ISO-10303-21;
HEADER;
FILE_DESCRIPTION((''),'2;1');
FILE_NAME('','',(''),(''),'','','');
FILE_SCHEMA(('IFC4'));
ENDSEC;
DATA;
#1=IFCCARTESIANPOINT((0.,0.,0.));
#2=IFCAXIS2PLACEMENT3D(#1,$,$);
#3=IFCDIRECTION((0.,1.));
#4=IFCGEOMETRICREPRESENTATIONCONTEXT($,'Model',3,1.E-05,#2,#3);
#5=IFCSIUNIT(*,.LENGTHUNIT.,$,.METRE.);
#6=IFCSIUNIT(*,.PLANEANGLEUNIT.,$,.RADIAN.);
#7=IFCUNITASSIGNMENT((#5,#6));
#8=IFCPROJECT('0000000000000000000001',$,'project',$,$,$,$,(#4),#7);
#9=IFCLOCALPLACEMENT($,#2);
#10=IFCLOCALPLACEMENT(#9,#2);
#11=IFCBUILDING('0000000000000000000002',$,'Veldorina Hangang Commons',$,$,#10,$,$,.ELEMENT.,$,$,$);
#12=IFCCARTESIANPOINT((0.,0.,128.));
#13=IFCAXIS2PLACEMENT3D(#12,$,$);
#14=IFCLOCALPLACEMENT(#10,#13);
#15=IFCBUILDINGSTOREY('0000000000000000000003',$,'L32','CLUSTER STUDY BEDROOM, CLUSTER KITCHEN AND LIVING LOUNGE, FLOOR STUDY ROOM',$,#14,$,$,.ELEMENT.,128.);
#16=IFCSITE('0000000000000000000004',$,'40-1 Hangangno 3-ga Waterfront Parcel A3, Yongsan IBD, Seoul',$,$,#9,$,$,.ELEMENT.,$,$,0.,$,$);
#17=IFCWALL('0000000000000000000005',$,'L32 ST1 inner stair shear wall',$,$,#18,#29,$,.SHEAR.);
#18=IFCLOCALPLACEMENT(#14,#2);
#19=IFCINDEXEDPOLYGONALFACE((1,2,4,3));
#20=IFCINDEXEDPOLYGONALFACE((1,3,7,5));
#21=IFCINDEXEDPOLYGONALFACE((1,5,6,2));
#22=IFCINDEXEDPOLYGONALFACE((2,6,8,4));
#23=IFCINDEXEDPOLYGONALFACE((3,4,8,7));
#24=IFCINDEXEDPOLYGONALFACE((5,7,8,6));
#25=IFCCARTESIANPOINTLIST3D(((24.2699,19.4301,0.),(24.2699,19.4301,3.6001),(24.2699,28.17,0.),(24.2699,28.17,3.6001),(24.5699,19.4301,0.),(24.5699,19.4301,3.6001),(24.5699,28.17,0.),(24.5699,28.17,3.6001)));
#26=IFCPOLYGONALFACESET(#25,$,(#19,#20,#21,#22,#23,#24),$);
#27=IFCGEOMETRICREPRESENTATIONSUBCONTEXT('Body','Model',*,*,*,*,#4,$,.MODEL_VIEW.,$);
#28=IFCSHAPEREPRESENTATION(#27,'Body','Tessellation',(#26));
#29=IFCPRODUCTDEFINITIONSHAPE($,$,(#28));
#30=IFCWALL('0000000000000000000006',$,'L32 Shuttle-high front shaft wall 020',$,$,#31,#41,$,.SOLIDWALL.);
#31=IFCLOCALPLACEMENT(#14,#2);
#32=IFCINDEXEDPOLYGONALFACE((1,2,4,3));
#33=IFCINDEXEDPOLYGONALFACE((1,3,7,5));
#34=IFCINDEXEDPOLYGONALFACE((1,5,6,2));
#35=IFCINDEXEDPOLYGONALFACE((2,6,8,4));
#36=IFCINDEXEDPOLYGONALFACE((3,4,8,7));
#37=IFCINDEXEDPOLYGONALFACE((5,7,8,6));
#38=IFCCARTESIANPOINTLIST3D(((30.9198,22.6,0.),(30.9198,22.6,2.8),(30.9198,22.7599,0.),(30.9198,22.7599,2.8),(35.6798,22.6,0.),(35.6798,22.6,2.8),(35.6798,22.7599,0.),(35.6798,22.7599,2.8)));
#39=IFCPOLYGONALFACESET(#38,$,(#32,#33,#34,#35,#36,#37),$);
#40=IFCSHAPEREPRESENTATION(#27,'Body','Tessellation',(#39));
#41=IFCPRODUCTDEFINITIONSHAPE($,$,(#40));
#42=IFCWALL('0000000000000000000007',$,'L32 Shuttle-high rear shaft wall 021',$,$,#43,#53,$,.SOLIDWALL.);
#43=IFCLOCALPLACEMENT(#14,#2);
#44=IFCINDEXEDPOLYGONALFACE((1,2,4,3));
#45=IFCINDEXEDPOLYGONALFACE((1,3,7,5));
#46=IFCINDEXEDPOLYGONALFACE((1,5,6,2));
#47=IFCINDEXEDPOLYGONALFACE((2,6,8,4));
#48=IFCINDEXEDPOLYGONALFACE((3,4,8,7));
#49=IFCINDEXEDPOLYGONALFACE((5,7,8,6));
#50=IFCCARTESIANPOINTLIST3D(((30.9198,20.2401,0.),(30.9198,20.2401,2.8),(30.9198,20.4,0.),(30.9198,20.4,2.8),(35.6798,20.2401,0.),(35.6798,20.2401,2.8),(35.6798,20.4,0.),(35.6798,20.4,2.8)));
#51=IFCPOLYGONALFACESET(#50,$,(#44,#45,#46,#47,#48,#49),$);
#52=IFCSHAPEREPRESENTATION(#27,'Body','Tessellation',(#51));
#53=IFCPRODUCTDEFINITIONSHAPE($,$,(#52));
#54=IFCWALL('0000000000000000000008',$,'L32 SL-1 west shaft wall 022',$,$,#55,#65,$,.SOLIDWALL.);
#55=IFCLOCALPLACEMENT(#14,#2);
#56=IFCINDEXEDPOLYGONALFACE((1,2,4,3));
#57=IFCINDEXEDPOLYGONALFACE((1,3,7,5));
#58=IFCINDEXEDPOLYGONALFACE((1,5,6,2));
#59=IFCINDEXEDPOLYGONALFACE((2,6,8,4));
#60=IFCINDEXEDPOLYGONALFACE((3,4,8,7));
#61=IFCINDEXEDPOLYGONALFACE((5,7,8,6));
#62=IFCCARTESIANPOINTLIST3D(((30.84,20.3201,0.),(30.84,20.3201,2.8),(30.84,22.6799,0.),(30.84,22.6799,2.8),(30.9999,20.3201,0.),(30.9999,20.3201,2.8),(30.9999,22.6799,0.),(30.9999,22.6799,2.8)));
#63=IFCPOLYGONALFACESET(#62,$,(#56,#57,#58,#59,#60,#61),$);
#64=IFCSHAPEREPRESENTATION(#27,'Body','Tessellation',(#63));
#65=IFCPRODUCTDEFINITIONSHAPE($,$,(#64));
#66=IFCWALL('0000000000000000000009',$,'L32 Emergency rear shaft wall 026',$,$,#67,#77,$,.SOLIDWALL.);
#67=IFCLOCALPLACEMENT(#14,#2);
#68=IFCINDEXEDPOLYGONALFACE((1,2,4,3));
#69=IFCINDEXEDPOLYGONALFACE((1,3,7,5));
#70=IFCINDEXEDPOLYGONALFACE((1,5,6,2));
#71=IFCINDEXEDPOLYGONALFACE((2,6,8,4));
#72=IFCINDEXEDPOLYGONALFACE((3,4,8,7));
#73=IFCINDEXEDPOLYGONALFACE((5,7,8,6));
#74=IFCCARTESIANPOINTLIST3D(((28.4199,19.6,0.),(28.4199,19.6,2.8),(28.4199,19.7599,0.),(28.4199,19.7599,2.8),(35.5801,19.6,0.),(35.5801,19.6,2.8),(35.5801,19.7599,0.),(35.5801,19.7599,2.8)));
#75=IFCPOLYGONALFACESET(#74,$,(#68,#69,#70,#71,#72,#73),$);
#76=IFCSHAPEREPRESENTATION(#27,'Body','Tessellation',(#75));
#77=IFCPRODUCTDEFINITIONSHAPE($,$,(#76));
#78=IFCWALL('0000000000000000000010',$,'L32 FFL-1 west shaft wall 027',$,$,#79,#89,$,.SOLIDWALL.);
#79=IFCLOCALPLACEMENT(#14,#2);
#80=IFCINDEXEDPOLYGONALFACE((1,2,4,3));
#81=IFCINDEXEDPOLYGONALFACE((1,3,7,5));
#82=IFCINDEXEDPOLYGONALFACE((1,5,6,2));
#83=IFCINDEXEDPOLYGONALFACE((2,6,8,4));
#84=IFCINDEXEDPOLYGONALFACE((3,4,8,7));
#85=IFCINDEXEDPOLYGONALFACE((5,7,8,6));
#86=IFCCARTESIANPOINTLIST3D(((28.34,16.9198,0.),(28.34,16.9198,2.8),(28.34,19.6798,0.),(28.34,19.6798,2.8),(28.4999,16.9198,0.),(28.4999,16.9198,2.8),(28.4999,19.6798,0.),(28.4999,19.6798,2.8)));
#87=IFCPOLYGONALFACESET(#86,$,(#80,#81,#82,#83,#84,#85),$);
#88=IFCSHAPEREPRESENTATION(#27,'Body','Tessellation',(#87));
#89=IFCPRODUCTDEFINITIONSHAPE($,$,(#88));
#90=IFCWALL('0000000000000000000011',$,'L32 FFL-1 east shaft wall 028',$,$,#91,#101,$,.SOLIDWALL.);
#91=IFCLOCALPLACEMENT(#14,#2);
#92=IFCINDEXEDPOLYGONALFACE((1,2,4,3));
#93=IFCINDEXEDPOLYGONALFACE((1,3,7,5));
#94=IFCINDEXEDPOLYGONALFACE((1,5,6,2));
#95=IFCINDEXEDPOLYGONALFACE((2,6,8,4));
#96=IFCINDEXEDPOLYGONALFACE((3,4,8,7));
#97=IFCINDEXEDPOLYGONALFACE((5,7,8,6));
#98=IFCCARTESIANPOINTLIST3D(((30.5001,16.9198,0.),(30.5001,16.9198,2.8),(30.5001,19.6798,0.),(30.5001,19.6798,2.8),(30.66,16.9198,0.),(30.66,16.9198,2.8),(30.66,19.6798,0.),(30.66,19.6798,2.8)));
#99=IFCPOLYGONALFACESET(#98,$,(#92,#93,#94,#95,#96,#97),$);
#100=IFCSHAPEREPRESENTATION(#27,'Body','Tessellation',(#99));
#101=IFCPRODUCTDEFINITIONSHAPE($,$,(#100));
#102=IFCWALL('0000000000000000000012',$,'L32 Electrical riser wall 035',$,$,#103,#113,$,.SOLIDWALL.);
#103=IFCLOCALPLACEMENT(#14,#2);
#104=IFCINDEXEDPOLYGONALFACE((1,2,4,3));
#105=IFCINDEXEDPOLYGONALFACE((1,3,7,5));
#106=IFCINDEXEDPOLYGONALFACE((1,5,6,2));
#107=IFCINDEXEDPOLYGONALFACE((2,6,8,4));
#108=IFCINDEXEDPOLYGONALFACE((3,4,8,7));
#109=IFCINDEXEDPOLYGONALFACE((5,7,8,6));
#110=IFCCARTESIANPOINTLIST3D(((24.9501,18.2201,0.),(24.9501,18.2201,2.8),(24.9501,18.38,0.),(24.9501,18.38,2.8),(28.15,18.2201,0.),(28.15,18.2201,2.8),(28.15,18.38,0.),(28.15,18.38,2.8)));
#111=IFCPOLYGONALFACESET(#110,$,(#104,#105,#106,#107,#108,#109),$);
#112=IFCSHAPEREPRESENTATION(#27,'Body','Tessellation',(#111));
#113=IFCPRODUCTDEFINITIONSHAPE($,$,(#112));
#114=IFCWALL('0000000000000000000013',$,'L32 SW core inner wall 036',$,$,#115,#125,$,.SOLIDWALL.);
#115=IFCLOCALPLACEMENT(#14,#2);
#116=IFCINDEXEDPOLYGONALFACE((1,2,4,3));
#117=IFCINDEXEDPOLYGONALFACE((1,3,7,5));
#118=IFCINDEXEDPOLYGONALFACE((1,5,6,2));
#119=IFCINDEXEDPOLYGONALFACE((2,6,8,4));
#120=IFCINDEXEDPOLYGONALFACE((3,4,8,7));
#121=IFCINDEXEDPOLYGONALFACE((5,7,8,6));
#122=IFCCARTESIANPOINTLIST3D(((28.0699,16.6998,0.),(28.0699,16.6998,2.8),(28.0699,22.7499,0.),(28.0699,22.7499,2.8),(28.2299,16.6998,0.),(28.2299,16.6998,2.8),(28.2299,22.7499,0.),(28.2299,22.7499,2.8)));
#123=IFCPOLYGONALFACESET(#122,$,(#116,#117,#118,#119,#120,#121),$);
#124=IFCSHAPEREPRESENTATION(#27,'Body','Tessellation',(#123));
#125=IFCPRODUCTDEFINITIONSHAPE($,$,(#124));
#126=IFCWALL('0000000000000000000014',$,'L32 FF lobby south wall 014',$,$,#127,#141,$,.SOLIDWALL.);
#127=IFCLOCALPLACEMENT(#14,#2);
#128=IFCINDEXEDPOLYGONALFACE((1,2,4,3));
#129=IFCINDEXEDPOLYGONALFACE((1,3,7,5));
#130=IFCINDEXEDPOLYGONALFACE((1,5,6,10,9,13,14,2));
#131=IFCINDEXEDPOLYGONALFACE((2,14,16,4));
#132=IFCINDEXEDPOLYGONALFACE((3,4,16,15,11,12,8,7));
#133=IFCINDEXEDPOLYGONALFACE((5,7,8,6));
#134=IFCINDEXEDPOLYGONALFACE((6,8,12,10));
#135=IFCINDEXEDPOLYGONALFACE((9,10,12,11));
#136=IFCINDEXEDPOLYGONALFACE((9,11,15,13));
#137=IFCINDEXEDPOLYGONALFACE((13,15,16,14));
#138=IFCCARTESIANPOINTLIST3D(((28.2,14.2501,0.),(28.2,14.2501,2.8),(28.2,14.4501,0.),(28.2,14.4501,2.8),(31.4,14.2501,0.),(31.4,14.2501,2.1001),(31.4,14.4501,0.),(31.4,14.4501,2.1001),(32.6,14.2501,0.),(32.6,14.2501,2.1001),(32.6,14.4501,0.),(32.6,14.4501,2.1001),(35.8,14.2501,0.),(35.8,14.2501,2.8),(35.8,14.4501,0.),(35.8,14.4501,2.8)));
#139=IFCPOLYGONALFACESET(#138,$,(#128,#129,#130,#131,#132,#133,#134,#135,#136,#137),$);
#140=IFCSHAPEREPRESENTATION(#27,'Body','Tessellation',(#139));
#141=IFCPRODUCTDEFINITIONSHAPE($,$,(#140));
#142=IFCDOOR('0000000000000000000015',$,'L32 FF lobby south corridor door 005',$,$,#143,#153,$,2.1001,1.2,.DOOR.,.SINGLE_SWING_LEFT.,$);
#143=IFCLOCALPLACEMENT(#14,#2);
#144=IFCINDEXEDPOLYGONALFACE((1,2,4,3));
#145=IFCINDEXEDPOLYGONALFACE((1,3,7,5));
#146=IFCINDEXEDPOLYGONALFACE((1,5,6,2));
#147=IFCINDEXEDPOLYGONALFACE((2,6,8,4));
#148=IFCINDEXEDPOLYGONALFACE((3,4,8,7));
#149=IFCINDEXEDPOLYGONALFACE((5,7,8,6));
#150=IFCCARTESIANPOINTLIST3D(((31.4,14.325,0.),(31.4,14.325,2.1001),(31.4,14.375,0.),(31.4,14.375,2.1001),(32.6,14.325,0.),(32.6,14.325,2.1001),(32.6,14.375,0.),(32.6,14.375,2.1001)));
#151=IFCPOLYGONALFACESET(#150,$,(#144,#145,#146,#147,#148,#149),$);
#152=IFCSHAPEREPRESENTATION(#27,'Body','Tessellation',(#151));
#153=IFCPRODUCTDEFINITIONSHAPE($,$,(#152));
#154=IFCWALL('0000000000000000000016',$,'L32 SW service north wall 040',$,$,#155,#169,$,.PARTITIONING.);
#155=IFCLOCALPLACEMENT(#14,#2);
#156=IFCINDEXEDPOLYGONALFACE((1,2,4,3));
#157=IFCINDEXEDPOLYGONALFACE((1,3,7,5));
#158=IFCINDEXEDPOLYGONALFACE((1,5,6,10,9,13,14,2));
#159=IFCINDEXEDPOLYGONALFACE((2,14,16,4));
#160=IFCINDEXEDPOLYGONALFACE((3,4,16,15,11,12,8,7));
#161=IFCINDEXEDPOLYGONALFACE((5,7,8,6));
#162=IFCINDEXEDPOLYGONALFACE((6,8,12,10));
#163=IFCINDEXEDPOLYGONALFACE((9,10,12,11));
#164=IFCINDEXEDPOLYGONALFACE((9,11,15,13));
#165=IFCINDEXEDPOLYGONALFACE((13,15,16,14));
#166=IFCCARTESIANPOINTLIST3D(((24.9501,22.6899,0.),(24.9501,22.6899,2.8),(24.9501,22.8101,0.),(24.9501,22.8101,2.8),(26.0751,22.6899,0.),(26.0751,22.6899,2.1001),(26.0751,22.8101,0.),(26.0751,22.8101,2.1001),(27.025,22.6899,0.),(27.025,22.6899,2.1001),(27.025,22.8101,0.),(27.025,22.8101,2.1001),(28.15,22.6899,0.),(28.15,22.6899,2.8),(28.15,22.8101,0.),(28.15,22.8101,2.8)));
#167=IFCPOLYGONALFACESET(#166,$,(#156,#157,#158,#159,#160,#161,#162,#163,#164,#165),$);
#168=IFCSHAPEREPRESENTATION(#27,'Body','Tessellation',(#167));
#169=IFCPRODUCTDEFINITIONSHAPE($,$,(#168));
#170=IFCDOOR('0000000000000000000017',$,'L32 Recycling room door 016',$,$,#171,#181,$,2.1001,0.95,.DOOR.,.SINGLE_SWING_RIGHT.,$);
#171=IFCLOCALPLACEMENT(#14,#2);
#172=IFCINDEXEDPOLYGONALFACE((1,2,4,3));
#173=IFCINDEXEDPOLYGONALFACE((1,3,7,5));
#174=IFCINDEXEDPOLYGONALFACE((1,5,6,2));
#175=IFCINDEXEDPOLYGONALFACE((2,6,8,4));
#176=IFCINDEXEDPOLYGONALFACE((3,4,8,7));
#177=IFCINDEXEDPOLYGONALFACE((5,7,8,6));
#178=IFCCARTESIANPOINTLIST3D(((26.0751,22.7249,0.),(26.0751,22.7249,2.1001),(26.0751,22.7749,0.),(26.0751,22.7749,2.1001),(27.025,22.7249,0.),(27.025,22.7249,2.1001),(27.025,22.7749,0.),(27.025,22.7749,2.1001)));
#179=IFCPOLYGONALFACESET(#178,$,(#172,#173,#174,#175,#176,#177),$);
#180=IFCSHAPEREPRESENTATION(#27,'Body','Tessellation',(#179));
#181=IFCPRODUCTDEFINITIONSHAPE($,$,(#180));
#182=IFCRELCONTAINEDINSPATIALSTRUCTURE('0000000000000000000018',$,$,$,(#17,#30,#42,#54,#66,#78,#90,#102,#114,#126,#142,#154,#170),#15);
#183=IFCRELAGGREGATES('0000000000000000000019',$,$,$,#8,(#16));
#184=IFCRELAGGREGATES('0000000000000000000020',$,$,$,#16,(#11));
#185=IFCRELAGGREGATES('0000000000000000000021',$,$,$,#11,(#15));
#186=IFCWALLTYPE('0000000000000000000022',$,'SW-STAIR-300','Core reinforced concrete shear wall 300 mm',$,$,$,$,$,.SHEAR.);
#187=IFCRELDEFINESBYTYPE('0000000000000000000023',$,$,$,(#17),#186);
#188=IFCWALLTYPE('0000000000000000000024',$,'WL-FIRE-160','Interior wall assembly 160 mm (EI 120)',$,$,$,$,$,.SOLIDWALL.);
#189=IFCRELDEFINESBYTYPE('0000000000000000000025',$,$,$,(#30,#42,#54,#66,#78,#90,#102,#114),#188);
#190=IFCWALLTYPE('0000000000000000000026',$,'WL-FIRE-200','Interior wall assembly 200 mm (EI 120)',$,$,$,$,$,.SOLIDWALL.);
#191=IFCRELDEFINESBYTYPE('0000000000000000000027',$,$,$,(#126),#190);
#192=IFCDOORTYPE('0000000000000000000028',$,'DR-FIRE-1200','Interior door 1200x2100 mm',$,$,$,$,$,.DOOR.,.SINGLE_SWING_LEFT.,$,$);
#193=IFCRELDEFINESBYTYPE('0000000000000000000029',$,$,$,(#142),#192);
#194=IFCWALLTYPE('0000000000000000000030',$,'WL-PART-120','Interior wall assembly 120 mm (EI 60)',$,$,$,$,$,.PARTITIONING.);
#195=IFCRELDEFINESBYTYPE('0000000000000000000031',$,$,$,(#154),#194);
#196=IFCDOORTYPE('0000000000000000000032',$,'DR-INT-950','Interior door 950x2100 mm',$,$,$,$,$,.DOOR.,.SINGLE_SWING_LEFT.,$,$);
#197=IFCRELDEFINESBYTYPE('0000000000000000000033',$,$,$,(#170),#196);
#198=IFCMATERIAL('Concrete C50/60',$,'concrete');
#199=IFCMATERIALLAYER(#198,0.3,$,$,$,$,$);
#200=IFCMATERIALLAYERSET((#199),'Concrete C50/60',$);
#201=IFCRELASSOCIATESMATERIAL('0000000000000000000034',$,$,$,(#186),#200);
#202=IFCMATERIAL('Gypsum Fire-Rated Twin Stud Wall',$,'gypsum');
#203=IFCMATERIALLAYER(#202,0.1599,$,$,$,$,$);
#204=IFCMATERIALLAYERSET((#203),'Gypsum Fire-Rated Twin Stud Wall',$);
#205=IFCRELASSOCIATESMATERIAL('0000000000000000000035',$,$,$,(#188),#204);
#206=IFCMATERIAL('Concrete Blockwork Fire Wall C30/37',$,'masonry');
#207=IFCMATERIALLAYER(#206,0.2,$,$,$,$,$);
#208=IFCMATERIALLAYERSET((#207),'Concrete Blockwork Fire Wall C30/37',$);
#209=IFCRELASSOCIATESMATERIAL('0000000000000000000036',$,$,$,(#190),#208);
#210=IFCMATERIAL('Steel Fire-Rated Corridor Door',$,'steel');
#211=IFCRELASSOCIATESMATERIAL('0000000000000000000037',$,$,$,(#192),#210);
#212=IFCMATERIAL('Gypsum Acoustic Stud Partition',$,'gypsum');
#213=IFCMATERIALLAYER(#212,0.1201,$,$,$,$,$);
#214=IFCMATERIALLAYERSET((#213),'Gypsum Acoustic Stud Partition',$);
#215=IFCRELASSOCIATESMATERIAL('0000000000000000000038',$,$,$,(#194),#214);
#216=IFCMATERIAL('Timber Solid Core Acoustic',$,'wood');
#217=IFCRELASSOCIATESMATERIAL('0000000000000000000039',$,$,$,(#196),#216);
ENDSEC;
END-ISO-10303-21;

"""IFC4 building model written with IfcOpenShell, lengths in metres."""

from ifc_helpers import new_model, si_unit, direction, frame, frame_2d, origin, place, context, subcontext, project, spatial, rectangle, extrude, material, layer, layer_set, type_object, element, fill, save


model = new_model("IFC4")

# Units and contexts
model_context = context("Model", 3, precision=1e-05, world=origin(), true_north=direction((0.0, 1.0)))
body_context = subcontext(model_context, "Body", "Model", "MODEL_VIEW")
ifc_project = project(units=[si_unit("LENGTHUNIT", "METRE"), si_unit("PLANEANGLEUNIT", "RADIAN")], contexts=[model_context])

# Site, building, storey
site_placement = place(None, origin())
site = spatial("IfcSite", under=ifc_project, at=site_placement, Name="40-1 Hangangno 3-ga Waterfront Parcel A3, Yongsan IBD, Seoul", CompositionType="ELEMENT", RefElevation=0.0)
building_placement = place(site_placement, origin())
building = spatial("IfcBuilding", under=site, at=building_placement, Name="Veldorina Hangang Commons", CompositionType="ELEMENT")
storey_placement = place(building_placement, frame((0.0, 0.0, 128.0)))
storey = spatial("IfcBuildingStorey", under=building, at=storey_placement, Name="L32", Description="CLUSTER STUDY BEDROOM, CLUSTER KITCHEN AND LIVING LOUNGE, FLOOR STUDY ROOM", CompositionType="ELEMENT", Elevation=128.0)

# Walls
ifc_material_1 = material(Name="Concrete C50/60", Category="concrete")
ifc_layer_1 = layer(ifc_material_1, 0.3)
ifc_layer_set_1 = layer_set([ifc_layer_1], Name="Concrete C50/60")
wall_type_1 = type_object("IfcWallType", Name="SW-STAIR-300", Description="Core reinforced concrete shear wall 300 mm", PredefinedType="SHEAR", material=ifc_layer_set_1)
wall_1_placement = place(storey_placement, frame((24.4199, 19.4299, 0.0), z_axis=(0.0, 0.0, 1.0), x_axis=(0.0, 1.0, 0.0)))
element("IfcWall", 1, at=wall_1_placement, inside=storey, type_object=wall_type_1, Name="L32 ST1 inner stair shear wall", PredefinedType="SHEAR", context=body_context, shape_type="SweptSolid", body=[
    extrude(rectangle(XDim=8.74, YDim=0.3, at=frame_2d((4.3701, 0.0))), origin(), (0.0, 0.0, 1.0), 3.6001),
])
ifc_material_2 = material(Name="Gypsum Fire-Rated Twin Stud Wall", Category="gypsum")
ifc_layer_2 = layer(ifc_material_2, 0.1599)
ifc_layer_set_2 = layer_set([ifc_layer_2], Name="Gypsum Fire-Rated Twin Stud Wall")
wall_type_2 = type_object("IfcWallType", Name="WL-FIRE-160", Description="Interior wall assembly 160 mm (EI 120)", PredefinedType="SOLIDWALL", material=ifc_layer_set_2)
for number, where, z_axis, x_axis, name in (
    (2, (30.9199, 22.6799, 0.0), (0.0, 0.0, 1.0), (1.0, 0.0, 0.0), "L32 Shuttle-high front shaft wall 020"),
    (3, (30.9199, 20.3201, 0.0), (0.0, 0.0, 1.0), (1.0, 0.0, 0.0), "L32 Shuttle-high rear shaft wall 021"),
):
    element("IfcWall", number, at=place(storey_placement, frame(where, z_axis=z_axis, x_axis=x_axis)), inside=storey, type_object=wall_type_2, Name=name, PredefinedType="SOLIDWALL", context=body_context, shape_type="SweptSolid", body=[
        extrude(rectangle(XDim=4.76, YDim=0.1599, at=frame_2d((2.3799, 0.0))), origin(), (0.0, 0.0, 1.0), 2.8),
    ])
wall_2_placement = place(storey_placement, frame((30.9199, 20.3201, 0.0), z_axis=(0.0, 0.0, 1.0), x_axis=(0.0, 1.0, 0.0)))
element("IfcWall", 4, at=wall_2_placement, inside=storey, type_object=wall_type_2, Name="L32 SL-1 west shaft wall 022", PredefinedType="SOLIDWALL", context=body_context, shape_type="SweptSolid", body=[
    extrude(rectangle(XDim=2.3599, YDim=0.1599, at=frame_2d((1.1799, 0.0))), origin(), (0.0, 0.0, 1.0), 2.8),
])

# Walls
wall_3_placement = place(storey_placement, frame((28.4199, 19.6799, 0.0), z_axis=(0.0, 0.0, 1.0), x_axis=(1.0, 0.0, 0.0)))
element("IfcWall", 5, at=wall_3_placement, inside=storey, type_object=wall_type_2, Name="L32 Emergency rear shaft wall 026", PredefinedType="SOLIDWALL", context=body_context, shape_type="SweptSolid", body=[
    extrude(rectangle(XDim=7.1602, YDim=0.1599, at=frame_2d((3.5801, 0.0))), origin(), (0.0, 0.0, 1.0), 2.8),
])
for number, where, z_axis, x_axis, name in (
    (6, (28.4199, 16.9199, 0.0), (0.0, 0.0, 1.0), (0.0, 1.0, 0.0), "L32 FFL-1 west shaft wall 027"),
    (7, (30.5801, 16.9199, 0.0), (0.0, 0.0, 1.0), (0.0, 1.0, 0.0), "L32 FFL-1 east shaft wall 028"),
):
    element("IfcWall", number, at=place(storey_placement, frame(where, z_axis=z_axis, x_axis=x_axis)), inside=storey, type_object=wall_type_2, Name=name, PredefinedType="SOLIDWALL", context=body_context, shape_type="SweptSolid", body=[
        extrude(rectangle(XDim=2.76, YDim=0.1599, at=frame_2d((1.3799, 0.0))), origin(), (0.0, 0.0, 1.0), 2.8),
    ])
wall_4_placement = place(storey_placement, frame((24.95, 18.3, 0.0), z_axis=(0.0, 0.0, 1.0), x_axis=(1.0, 0.0, 0.0)))
element("IfcWall", 8, at=wall_4_placement, inside=storey, type_object=wall_type_2, Name="L32 Electrical riser wall 035", PredefinedType="SOLIDWALL", context=body_context, shape_type="SweptSolid", body=[
    extrude(rectangle(XDim=3.2, YDim=0.1599, at=frame_2d((1.6001, 0.0))), origin(), (0.0, 0.0, 1.0), 2.8),
])
wall_5_placement = place(storey_placement, frame((28.1499, 16.7, 0.0), z_axis=(0.0, 0.0, 1.0), x_axis=(0.0, 1.0, 0.0)))
element("IfcWall", 9, at=wall_5_placement, inside=storey, type_object=wall_type_2, Name="L32 SW core inner wall 036", PredefinedType="SOLIDWALL", context=body_context, shape_type="SweptSolid", body=[
    extrude(rectangle(XDim=6.05, YDim=0.1599, at=frame_2d((3.0249, 0.0))), origin(), (0.0, 0.0, 1.0), 2.8),
])

# Walls, openings, doors
ifc_material_3 = material(Name="Concrete Blockwork Fire Wall C30/37", Category="masonry")
ifc_layer_3 = layer(ifc_material_3, 0.2)
ifc_layer_set_3 = layer_set([ifc_layer_3], Name="Concrete Blockwork Fire Wall C30/37")
wall_type_3 = type_object("IfcWallType", Name="WL-FIRE-200", Description="Interior wall assembly 200 mm (EI 120)", PredefinedType="SOLIDWALL", material=ifc_layer_set_3)
wall_6_placement = place(storey_placement, frame((28.2, 14.3501, 0.0), z_axis=(0.0, 0.0, 1.0), x_axis=(1.0, 0.0, 0.0)))
wall_6 = element("IfcWall", 10, at=wall_6_placement, inside=storey, type_object=wall_type_3, Name="L32 FF lobby south wall 014", PredefinedType="SOLIDWALL", context=body_context, shape_type="SweptSolid", body=[
    extrude(rectangle(XDim=7.6001, YDim=0.2, at=frame_2d((3.8, 0.0))), origin(), (0.0, 0.0, 1.0), 2.8),
])
opening_1_placement = place(wall_6_placement, frame((3.2, 0.0, 0.0)))
opening_1 = element("IfcOpeningElement", 11, at=opening_1_placement, cuts=wall_6, PredefinedType="OPENING", context=body_context, shape_type="SweptSolid", body=[
    extrude(rectangle(XDim=1.2, YDim=2.1001, at=frame_2d((0.6001, 1.05))), frame((0.0, 0.1099, 0.0), z_axis=(0.0, -1.0, 0.0), x_axis=(1.0, 0.0, 0.0)), (0.0, 0.0, 1.0), 0.22),
])
ifc_material_4 = material(Name="Steel Fire-Rated Corridor Door", Category="steel")
door_type_1 = type_object("IfcDoorType", Name="DR-FIRE-1200", Description="Interior door 1200x2100 mm", OperationType="SINGLE_SWING_LEFT", PredefinedType="DOOR", material=ifc_material_4)
door_1_placement = place(opening_1_placement, origin())
door_1 = element("IfcDoor", 12, at=door_1_placement, inside=storey, type_object=door_type_1, Name="L32 FF lobby south corridor door 005", OperationType="SINGLE_SWING_LEFT", OverallHeight=2.1001, OverallWidth=1.2, PredefinedType="DOOR", context=body_context, shape_type="SweptSolid", body=[
    extrude(rectangle(XDim=1.2, YDim=2.1001, at=frame_2d((0.6001, 1.05))), frame((0.0, 0.0249, 0.0), z_axis=(0.0, -1.0, 0.0), x_axis=(1.0, 0.0, 0.0)), (0.0, 0.0, 1.0), 0.05),
])
fill(opening_1, door_1)
ifc_material_5 = material(Name="Gypsum Acoustic Stud Partition", Category="gypsum")
ifc_layer_4 = layer(ifc_material_5, 0.1201)
ifc_layer_set_4 = layer_set([ifc_layer_4], Name="Gypsum Acoustic Stud Partition")
wall_type_4 = type_object("IfcWallType", Name="WL-PART-120", Description="Interior wall assembly 120 mm (EI 60)", PredefinedType="PARTITIONING", material=ifc_layer_set_4)
wall_7_placement = place(storey_placement, frame((24.95, 22.75, 0.0), z_axis=(0.0, 0.0, 1.0), x_axis=(1.0, 0.0, 0.0)))
wall_7 = element("IfcWall", 13, at=wall_7_placement, inside=storey, type_object=wall_type_4, Name="L32 SW service north wall 040", PredefinedType="PARTITIONING", context=body_context, shape_type="SweptSolid", body=[
    extrude(rectangle(XDim=3.2, YDim=0.1201, at=frame_2d((1.6001, 0.0))), origin(), (0.0, 0.0, 1.0), 2.8),
])
opening_2_placement = place(wall_7_placement, frame((1.125, 0.0, 0.0)))
opening_2 = element("IfcOpeningElement", 14, at=opening_2_placement, cuts=wall_7, PredefinedType="OPENING", context=body_context, shape_type="SweptSolid", body=[
    extrude(rectangle(XDim=0.95, YDim=2.1001, at=frame_2d((0.4751, 1.05))), frame((0.0, 0.0701, 0.0), z_axis=(0.0, -1.0, 0.0), x_axis=(1.0, 0.0, 0.0)), (0.0, 0.0, 1.0), 0.1401),
])
ifc_material_6 = material(Name="Timber Solid Core Acoustic", Category="wood")
door_type_2 = type_object("IfcDoorType", Name="DR-INT-950", Description="Interior door 950x2100 mm", OperationType="SINGLE_SWING_LEFT", PredefinedType="DOOR", material=ifc_material_6)
door_2_placement = place(opening_2_placement, origin())
door_2 = element("IfcDoor", 15, at=door_2_placement, inside=storey, type_object=door_type_2, Name="L32 Recycling room door 016", OperationType="SINGLE_SWING_RIGHT", OverallHeight=2.1001, OverallWidth=0.95, PredefinedType="DOOR", context=body_context, shape_type="SweptSolid", body=[
    extrude(rectangle(XDim=0.95, YDim=2.1001, at=frame_2d((0.4751, 1.05))), frame((0.0, 0.0249, 0.0), z_axis=(0.0, -1.0, 0.0), x_axis=(1.0, 0.0, 0.0)), (0.0, 0.0, 1.0), 0.05),
])
fill(opening_2, door_2)

save(model, "model.ifc")
